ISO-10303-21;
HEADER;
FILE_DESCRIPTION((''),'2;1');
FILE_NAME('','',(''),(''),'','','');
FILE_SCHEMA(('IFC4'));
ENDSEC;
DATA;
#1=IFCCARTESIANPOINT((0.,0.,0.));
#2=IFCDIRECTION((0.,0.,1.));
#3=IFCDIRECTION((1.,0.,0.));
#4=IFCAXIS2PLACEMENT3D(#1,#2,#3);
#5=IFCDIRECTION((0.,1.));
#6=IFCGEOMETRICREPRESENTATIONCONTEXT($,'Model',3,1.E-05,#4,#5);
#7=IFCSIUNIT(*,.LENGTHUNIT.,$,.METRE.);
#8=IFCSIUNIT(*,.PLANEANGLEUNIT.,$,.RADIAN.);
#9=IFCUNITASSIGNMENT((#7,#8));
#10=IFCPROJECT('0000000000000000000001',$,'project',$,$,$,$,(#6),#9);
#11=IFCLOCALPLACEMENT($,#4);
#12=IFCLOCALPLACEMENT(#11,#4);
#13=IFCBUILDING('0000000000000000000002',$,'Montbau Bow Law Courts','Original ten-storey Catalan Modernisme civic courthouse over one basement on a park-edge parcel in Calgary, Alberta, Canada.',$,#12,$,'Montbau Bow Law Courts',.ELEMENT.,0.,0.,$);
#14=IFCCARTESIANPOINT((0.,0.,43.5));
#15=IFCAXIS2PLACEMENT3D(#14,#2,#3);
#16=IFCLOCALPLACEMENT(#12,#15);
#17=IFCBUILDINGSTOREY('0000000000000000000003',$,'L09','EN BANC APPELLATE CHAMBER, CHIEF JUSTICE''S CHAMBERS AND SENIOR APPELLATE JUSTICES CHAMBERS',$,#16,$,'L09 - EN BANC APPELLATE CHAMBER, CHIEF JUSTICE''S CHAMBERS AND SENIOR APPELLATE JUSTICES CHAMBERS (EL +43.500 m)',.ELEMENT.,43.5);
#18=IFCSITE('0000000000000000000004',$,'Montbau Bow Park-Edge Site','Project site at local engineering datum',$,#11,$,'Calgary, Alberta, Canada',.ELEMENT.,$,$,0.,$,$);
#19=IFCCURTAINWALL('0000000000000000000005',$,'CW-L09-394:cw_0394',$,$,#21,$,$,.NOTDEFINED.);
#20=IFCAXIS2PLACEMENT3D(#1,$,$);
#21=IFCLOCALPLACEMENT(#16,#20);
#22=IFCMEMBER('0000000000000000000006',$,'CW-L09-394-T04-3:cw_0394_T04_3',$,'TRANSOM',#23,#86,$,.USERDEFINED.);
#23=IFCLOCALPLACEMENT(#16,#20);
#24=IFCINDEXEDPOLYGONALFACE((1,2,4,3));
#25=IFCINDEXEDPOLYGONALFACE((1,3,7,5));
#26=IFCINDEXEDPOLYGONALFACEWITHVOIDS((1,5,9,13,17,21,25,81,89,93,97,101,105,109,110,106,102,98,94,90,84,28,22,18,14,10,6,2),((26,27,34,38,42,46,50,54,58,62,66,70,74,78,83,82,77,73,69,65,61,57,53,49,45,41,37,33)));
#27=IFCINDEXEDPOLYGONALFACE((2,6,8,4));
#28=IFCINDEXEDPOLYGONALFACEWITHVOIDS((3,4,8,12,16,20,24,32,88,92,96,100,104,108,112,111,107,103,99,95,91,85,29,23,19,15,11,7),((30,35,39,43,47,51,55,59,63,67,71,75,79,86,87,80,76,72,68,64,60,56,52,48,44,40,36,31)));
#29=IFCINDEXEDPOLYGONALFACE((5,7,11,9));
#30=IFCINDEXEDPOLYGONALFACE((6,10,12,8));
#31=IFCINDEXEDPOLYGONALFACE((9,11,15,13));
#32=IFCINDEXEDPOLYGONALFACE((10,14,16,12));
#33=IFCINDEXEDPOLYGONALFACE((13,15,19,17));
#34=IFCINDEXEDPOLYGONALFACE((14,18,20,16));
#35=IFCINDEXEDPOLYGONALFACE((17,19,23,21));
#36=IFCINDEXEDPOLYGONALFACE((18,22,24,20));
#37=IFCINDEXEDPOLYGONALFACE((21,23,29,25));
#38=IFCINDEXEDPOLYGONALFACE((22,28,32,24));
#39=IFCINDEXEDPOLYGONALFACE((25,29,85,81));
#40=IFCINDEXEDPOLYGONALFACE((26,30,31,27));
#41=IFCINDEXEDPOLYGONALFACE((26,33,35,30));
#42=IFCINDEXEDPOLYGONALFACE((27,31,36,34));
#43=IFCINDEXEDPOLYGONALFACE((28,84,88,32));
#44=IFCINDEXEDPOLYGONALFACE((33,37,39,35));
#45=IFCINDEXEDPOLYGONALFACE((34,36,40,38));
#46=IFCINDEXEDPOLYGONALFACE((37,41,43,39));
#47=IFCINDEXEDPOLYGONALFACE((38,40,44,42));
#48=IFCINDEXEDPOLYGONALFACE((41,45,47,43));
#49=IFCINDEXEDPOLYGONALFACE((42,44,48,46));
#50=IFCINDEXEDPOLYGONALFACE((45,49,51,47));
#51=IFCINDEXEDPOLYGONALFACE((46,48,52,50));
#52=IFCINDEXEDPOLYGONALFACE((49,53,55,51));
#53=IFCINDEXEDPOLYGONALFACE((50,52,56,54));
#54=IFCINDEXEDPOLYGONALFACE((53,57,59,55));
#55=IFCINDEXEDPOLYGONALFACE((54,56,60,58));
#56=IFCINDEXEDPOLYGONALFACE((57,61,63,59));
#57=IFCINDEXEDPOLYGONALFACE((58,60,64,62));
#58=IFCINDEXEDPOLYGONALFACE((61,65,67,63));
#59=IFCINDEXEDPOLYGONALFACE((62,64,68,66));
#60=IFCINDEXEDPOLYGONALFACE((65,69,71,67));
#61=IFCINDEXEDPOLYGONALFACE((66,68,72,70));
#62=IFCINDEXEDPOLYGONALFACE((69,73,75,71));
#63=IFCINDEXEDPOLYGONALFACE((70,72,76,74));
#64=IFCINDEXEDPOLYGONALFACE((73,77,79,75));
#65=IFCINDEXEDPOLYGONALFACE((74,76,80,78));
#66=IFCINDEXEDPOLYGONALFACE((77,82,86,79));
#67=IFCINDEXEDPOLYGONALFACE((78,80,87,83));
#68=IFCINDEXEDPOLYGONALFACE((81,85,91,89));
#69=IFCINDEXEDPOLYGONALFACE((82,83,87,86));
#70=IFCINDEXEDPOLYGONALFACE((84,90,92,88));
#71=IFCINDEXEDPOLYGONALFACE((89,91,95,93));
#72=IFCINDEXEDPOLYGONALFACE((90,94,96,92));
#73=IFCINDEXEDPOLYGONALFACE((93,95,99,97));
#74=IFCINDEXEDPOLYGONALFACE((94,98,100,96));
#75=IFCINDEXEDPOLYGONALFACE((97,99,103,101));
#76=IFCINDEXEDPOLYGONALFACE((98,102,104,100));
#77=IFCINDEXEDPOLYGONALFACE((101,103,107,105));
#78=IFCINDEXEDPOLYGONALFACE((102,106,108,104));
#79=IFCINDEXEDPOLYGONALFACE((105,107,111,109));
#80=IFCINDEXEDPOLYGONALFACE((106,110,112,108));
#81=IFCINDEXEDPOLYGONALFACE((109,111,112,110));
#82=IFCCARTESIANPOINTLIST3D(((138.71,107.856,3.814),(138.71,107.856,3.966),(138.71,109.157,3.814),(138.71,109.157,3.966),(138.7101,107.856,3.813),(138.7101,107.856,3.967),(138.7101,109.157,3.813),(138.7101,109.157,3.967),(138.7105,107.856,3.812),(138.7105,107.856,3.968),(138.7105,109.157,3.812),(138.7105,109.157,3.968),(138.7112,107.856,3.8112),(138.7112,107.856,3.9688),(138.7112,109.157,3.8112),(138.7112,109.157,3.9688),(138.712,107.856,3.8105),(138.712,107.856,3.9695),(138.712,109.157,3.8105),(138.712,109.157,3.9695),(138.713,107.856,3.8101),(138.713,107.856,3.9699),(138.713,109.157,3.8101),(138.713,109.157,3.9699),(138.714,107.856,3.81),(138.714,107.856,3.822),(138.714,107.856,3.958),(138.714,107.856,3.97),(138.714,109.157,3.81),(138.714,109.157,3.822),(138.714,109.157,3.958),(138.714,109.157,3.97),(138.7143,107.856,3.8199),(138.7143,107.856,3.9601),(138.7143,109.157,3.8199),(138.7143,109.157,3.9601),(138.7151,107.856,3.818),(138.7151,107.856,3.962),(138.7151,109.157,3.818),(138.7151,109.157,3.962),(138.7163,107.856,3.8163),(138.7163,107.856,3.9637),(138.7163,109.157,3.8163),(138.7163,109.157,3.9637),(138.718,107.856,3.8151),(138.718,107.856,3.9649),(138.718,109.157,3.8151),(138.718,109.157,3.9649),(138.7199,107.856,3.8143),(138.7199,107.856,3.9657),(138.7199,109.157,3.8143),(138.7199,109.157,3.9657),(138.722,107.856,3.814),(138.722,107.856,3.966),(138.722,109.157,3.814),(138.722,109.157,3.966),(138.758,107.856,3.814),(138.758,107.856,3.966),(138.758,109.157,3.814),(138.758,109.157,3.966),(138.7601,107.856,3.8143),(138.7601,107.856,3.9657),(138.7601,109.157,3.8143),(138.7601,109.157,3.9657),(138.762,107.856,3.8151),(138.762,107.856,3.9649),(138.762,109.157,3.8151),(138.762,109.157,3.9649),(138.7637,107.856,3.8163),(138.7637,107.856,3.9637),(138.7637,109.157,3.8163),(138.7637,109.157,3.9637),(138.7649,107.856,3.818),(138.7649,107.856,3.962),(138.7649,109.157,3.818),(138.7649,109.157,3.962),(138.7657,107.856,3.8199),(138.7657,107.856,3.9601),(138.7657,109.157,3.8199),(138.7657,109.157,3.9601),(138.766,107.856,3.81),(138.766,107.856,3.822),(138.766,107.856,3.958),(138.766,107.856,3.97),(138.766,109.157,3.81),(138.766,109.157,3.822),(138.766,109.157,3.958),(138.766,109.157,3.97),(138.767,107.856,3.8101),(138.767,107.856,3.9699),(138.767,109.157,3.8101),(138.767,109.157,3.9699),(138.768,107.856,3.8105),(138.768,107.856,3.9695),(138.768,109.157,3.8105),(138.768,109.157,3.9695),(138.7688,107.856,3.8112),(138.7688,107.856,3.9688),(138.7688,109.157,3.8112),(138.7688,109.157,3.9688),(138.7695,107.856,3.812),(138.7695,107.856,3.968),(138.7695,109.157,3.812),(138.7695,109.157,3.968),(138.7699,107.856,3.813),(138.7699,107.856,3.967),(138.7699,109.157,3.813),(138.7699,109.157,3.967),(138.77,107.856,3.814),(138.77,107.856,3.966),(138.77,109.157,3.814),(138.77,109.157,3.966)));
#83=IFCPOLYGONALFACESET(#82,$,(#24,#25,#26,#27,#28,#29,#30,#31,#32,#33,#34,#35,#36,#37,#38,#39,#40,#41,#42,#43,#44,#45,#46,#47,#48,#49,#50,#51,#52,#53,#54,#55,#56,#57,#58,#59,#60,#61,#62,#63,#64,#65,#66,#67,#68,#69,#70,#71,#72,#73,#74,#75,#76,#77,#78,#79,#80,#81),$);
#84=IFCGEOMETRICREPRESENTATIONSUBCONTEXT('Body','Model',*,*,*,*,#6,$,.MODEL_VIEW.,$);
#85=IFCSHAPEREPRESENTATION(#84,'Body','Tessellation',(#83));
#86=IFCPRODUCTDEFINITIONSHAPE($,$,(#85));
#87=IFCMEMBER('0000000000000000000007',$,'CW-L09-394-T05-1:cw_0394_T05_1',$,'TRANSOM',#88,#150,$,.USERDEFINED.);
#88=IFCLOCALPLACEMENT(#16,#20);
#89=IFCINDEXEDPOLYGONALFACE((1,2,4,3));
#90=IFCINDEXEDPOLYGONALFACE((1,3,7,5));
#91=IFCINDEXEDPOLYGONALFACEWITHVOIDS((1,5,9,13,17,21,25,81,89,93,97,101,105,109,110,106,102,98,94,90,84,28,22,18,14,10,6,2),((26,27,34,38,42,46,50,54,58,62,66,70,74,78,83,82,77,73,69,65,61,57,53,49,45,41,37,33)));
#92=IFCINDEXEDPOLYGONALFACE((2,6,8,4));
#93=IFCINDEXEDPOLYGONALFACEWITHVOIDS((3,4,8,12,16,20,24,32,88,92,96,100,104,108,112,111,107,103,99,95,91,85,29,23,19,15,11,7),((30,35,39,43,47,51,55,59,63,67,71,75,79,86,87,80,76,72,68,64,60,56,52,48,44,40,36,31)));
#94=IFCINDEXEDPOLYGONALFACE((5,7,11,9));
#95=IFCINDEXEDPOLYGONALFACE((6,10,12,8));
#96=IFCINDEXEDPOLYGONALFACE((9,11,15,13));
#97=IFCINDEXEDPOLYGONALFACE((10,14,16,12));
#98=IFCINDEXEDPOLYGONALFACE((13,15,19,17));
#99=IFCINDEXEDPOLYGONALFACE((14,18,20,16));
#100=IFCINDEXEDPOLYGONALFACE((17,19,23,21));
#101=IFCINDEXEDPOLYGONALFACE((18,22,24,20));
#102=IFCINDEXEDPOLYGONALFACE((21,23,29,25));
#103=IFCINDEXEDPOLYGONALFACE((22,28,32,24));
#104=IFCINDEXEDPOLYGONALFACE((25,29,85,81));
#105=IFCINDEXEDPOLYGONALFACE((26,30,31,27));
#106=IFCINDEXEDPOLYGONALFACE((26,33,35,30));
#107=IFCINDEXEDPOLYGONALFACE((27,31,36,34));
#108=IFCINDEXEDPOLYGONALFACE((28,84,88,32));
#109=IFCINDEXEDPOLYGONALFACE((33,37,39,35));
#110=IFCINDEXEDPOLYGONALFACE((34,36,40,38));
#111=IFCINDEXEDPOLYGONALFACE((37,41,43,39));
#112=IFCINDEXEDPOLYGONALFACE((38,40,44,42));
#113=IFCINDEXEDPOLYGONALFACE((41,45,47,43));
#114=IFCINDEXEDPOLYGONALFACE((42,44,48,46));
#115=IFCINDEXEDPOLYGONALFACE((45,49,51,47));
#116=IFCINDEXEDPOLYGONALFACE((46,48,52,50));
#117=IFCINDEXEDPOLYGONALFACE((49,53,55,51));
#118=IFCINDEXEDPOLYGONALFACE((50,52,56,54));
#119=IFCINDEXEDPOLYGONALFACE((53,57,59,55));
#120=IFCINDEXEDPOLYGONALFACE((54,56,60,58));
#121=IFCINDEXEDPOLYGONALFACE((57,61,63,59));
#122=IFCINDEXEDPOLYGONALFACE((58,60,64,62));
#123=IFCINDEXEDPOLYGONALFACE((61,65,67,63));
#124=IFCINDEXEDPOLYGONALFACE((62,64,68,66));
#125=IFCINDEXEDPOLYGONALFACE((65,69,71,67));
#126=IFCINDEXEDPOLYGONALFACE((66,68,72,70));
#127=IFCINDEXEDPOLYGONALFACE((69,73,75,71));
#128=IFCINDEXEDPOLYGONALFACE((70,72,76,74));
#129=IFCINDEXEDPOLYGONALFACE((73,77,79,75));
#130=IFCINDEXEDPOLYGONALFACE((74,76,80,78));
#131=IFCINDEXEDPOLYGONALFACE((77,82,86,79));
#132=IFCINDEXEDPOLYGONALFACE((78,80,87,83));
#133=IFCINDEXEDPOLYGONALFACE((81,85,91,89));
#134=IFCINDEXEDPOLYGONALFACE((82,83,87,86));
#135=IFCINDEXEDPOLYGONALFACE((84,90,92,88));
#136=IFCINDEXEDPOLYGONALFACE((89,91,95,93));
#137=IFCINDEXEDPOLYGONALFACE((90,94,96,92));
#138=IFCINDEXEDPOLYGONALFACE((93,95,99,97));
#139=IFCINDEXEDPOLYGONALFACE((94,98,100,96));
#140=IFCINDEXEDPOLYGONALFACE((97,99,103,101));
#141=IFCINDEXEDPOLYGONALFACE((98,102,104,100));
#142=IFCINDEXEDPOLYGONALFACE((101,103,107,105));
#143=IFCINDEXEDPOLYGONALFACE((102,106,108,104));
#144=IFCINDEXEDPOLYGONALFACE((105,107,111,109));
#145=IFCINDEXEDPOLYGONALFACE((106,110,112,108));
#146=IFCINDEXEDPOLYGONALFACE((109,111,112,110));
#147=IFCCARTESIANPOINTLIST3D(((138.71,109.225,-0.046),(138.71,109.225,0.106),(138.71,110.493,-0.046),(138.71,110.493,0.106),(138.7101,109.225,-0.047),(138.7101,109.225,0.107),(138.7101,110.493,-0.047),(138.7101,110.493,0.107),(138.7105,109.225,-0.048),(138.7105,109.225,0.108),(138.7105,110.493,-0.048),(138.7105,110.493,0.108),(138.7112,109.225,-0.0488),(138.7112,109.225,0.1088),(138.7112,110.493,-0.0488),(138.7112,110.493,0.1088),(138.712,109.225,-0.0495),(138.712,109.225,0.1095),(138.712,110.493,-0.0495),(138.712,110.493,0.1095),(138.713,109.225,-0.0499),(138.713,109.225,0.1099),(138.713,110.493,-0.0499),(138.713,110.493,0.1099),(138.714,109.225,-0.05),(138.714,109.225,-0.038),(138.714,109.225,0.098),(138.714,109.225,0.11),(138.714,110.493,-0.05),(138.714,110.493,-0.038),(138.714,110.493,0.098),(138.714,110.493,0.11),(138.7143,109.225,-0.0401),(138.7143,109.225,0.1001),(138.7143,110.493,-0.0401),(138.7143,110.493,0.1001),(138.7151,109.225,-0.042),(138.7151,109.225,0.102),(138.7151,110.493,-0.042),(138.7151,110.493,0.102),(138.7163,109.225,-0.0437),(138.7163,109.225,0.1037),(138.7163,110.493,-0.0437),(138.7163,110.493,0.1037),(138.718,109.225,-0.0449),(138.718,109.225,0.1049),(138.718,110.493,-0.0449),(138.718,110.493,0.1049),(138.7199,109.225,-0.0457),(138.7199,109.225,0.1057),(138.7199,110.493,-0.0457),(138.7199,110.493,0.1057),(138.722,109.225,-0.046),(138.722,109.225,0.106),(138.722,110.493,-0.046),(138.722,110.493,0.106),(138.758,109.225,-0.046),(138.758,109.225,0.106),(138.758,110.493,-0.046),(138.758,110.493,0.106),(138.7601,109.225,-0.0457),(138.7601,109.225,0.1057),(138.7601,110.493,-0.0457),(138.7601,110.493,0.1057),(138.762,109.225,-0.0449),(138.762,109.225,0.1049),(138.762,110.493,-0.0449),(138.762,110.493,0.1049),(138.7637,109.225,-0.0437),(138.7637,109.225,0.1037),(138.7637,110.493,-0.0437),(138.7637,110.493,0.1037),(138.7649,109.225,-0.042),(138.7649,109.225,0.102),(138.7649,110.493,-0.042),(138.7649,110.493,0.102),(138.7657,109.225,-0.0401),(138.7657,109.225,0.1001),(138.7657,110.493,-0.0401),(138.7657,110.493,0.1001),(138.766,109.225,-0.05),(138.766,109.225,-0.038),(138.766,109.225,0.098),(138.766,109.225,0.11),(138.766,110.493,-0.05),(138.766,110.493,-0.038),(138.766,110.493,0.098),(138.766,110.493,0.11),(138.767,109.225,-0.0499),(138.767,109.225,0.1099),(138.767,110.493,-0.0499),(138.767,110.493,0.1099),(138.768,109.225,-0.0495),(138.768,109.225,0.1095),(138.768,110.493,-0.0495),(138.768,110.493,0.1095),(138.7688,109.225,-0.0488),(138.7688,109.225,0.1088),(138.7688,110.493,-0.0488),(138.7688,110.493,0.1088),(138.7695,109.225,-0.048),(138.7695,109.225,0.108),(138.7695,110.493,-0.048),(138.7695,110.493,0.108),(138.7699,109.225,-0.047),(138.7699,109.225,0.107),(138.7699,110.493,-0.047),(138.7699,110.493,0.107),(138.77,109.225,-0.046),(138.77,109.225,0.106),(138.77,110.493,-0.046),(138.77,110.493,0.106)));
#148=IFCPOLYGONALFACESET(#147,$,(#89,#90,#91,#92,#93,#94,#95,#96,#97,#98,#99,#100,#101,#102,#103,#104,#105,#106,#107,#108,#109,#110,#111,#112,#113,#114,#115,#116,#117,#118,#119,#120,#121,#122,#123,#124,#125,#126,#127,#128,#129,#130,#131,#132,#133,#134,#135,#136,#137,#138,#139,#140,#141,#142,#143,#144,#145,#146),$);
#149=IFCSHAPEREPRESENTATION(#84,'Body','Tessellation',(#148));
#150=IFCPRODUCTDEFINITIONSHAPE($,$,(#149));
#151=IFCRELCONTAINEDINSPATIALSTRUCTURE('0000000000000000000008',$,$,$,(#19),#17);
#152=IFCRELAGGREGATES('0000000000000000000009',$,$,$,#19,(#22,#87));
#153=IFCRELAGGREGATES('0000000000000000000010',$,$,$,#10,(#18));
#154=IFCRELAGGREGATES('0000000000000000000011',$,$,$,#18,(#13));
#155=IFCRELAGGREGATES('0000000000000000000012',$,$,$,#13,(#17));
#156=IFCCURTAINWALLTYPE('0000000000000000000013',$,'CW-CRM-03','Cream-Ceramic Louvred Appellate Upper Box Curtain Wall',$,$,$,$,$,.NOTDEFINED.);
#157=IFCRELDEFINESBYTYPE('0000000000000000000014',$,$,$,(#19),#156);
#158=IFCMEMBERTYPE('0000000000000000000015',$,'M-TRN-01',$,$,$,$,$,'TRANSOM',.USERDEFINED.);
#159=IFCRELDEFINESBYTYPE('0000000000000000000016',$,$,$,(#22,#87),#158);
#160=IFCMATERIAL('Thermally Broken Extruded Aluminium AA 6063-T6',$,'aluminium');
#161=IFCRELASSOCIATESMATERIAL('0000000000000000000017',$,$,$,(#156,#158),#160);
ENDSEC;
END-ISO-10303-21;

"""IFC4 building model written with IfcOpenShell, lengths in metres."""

from ifc_helpers import new_model, si_unit, direction, frame, origin_with_axes, origin_2d_with_axis, place, context, subcontext, project, spatial, hollow_rectangle, extrude, material, material_profile, profile_set, type_object, element, aggregate, save


model = new_model("IFC4")

# Units and contexts
model_context = context("Model", 3, precision=1e-05, world=origin_with_axes(), true_north=direction((0.0, 1.0)))
body_context = subcontext(model_context, "Body", "Model", "MODEL_VIEW")
ifc_project = project(units=[si_unit("LENGTHUNIT", "METRE"), si_unit("PLANEANGLEUNIT", "RADIAN")], contexts=[model_context])

# Site, building, storey
site_placement = place(None, origin_with_axes())
site = spatial("IfcSite", under=ifc_project, at=site_placement, Name="Montbau Bow Park-Edge Site", Description="Project site at local engineering datum", LongName="Calgary, Alberta, Canada", CompositionType="ELEMENT", RefElevation=0.0)
building_placement = place(site_placement, origin_with_axes())
building = spatial("IfcBuilding", under=site, at=building_placement, Name="Montbau Bow Law Courts", Description="Original ten-storey Catalan Modernisme civic courthouse over one basement on a park-edge parcel in Calgary, Alberta, Canada.", LongName="Montbau Bow Law Courts", CompositionType="ELEMENT", ElevationOfRefHeight=0.0, ElevationOfTerrain=0.0)
storey_placement = place(building_placement, frame((0.0, 0.0, 43.5), z_axis=(0.0, 0.0, 1.0), x_axis=(1.0, 0.0, 0.0)))
storey = spatial("IfcBuildingStorey", under=building, at=storey_placement, Name="L09", Description="EN BANC APPELLATE CHAMBER, CHIEF JUSTICE'S CHAMBERS AND SENIOR APPELLATE JUSTICES CHAMBERS", LongName="L09 - EN BANC APPELLATE CHAMBER, CHIEF JUSTICE'S CHAMBERS AND SENIOR APPELLATE JUSTICES CHAMBERS (EL +43.500 m)", CompositionType="ELEMENT", Elevation=43.5)

# Curtain wall
ifc_material_1 = material(Name="Thermally Broken Extruded Aluminium AA 6063-T6", Category="aluminium")
curtain_wall_type = type_object("IfcCurtainWallType", Name="CW-CRM-03", Description="Cream-Ceramic Louvred Appellate Upper Box Curtain Wall", PredefinedType="NOTDEFINED", material=ifc_material_1)
curtain_wall_1_placement = place(None, frame((138.74, 103.715, 43.5), z_axis=(0.0, 0.0, 1.0), x_axis=(1.0, 0.0, 0.0)))
curtain_wall_1 = element("IfcCurtainWall", 1, at=curtain_wall_1_placement, inside=storey, type_object=curtain_wall_type, Name="CW-L09-394:cw_0394", PredefinedType="NOTDEFINED")

# Members
ifc_material_profile_1 = material_profile(ifc_material_1, hollow_rectangle(XDim=0.06, YDim=0.16, WallThickness=0.004, InnerFilletRadius=0.008, OuterFilletRadius=0.004, at=origin_2d_with_axis()), Name="CWT-160X60", Category="Main", Priority=0)
ifc_profile_set_1 = profile_set([ifc_material_profile_1], Name="Thermally Broken Extruded Aluminium AA 6063-T6")
member_type_1 = type_object("IfcMemberType", Name="M-TRN-01", ElementType="TRANSOM", PredefinedType="USERDEFINED", material=ifc_profile_set_1)
member_1_placement = place(None, frame((138.74, 107.856, 47.39), z_axis=(0.0, 1.0, 0.0), x_axis=(-1.0, 0.0, 0.0)))
member_1 = element("IfcMember", 2, at=member_1_placement, type_object=member_type_1, Name="CW-L09-394-T04-3:cw_0394_T04_3", ObjectType="TRANSOM", PredefinedType="USERDEFINED", context=body_context, shape_type="SweptSolid", body=[
    extrude(hollow_rectangle(XDim=0.06, YDim=0.16, WallThickness=0.004, InnerFilletRadius=0.008, OuterFilletRadius=0.004, at=origin_2d_with_axis()), origin_with_axes(), (0.0, 0.0, 1.0), 1.301),
])
member_2_placement = place(None, frame((138.74, 109.225, 43.53), z_axis=(0.0, 1.0, 0.0), x_axis=(-1.0, 0.0, 0.0)))
member_2 = element("IfcMember", 3, at=member_2_placement, type_object=member_type_1, Name="CW-L09-394-T05-1:cw_0394_T05_1", ObjectType="TRANSOM", PredefinedType="USERDEFINED", context=body_context, shape_type="SweptSolid", body=[
    extrude(hollow_rectangle(XDim=0.06, YDim=0.16, WallThickness=0.004, InnerFilletRadius=0.008, OuterFilletRadius=0.004, at=origin_2d_with_axis()), origin_with_axes(), (0.0, 0.0, 1.0), 1.268),
])

aggregate(curtain_wall_1, [member_1, member_2])

save(model, "model.ifc")
